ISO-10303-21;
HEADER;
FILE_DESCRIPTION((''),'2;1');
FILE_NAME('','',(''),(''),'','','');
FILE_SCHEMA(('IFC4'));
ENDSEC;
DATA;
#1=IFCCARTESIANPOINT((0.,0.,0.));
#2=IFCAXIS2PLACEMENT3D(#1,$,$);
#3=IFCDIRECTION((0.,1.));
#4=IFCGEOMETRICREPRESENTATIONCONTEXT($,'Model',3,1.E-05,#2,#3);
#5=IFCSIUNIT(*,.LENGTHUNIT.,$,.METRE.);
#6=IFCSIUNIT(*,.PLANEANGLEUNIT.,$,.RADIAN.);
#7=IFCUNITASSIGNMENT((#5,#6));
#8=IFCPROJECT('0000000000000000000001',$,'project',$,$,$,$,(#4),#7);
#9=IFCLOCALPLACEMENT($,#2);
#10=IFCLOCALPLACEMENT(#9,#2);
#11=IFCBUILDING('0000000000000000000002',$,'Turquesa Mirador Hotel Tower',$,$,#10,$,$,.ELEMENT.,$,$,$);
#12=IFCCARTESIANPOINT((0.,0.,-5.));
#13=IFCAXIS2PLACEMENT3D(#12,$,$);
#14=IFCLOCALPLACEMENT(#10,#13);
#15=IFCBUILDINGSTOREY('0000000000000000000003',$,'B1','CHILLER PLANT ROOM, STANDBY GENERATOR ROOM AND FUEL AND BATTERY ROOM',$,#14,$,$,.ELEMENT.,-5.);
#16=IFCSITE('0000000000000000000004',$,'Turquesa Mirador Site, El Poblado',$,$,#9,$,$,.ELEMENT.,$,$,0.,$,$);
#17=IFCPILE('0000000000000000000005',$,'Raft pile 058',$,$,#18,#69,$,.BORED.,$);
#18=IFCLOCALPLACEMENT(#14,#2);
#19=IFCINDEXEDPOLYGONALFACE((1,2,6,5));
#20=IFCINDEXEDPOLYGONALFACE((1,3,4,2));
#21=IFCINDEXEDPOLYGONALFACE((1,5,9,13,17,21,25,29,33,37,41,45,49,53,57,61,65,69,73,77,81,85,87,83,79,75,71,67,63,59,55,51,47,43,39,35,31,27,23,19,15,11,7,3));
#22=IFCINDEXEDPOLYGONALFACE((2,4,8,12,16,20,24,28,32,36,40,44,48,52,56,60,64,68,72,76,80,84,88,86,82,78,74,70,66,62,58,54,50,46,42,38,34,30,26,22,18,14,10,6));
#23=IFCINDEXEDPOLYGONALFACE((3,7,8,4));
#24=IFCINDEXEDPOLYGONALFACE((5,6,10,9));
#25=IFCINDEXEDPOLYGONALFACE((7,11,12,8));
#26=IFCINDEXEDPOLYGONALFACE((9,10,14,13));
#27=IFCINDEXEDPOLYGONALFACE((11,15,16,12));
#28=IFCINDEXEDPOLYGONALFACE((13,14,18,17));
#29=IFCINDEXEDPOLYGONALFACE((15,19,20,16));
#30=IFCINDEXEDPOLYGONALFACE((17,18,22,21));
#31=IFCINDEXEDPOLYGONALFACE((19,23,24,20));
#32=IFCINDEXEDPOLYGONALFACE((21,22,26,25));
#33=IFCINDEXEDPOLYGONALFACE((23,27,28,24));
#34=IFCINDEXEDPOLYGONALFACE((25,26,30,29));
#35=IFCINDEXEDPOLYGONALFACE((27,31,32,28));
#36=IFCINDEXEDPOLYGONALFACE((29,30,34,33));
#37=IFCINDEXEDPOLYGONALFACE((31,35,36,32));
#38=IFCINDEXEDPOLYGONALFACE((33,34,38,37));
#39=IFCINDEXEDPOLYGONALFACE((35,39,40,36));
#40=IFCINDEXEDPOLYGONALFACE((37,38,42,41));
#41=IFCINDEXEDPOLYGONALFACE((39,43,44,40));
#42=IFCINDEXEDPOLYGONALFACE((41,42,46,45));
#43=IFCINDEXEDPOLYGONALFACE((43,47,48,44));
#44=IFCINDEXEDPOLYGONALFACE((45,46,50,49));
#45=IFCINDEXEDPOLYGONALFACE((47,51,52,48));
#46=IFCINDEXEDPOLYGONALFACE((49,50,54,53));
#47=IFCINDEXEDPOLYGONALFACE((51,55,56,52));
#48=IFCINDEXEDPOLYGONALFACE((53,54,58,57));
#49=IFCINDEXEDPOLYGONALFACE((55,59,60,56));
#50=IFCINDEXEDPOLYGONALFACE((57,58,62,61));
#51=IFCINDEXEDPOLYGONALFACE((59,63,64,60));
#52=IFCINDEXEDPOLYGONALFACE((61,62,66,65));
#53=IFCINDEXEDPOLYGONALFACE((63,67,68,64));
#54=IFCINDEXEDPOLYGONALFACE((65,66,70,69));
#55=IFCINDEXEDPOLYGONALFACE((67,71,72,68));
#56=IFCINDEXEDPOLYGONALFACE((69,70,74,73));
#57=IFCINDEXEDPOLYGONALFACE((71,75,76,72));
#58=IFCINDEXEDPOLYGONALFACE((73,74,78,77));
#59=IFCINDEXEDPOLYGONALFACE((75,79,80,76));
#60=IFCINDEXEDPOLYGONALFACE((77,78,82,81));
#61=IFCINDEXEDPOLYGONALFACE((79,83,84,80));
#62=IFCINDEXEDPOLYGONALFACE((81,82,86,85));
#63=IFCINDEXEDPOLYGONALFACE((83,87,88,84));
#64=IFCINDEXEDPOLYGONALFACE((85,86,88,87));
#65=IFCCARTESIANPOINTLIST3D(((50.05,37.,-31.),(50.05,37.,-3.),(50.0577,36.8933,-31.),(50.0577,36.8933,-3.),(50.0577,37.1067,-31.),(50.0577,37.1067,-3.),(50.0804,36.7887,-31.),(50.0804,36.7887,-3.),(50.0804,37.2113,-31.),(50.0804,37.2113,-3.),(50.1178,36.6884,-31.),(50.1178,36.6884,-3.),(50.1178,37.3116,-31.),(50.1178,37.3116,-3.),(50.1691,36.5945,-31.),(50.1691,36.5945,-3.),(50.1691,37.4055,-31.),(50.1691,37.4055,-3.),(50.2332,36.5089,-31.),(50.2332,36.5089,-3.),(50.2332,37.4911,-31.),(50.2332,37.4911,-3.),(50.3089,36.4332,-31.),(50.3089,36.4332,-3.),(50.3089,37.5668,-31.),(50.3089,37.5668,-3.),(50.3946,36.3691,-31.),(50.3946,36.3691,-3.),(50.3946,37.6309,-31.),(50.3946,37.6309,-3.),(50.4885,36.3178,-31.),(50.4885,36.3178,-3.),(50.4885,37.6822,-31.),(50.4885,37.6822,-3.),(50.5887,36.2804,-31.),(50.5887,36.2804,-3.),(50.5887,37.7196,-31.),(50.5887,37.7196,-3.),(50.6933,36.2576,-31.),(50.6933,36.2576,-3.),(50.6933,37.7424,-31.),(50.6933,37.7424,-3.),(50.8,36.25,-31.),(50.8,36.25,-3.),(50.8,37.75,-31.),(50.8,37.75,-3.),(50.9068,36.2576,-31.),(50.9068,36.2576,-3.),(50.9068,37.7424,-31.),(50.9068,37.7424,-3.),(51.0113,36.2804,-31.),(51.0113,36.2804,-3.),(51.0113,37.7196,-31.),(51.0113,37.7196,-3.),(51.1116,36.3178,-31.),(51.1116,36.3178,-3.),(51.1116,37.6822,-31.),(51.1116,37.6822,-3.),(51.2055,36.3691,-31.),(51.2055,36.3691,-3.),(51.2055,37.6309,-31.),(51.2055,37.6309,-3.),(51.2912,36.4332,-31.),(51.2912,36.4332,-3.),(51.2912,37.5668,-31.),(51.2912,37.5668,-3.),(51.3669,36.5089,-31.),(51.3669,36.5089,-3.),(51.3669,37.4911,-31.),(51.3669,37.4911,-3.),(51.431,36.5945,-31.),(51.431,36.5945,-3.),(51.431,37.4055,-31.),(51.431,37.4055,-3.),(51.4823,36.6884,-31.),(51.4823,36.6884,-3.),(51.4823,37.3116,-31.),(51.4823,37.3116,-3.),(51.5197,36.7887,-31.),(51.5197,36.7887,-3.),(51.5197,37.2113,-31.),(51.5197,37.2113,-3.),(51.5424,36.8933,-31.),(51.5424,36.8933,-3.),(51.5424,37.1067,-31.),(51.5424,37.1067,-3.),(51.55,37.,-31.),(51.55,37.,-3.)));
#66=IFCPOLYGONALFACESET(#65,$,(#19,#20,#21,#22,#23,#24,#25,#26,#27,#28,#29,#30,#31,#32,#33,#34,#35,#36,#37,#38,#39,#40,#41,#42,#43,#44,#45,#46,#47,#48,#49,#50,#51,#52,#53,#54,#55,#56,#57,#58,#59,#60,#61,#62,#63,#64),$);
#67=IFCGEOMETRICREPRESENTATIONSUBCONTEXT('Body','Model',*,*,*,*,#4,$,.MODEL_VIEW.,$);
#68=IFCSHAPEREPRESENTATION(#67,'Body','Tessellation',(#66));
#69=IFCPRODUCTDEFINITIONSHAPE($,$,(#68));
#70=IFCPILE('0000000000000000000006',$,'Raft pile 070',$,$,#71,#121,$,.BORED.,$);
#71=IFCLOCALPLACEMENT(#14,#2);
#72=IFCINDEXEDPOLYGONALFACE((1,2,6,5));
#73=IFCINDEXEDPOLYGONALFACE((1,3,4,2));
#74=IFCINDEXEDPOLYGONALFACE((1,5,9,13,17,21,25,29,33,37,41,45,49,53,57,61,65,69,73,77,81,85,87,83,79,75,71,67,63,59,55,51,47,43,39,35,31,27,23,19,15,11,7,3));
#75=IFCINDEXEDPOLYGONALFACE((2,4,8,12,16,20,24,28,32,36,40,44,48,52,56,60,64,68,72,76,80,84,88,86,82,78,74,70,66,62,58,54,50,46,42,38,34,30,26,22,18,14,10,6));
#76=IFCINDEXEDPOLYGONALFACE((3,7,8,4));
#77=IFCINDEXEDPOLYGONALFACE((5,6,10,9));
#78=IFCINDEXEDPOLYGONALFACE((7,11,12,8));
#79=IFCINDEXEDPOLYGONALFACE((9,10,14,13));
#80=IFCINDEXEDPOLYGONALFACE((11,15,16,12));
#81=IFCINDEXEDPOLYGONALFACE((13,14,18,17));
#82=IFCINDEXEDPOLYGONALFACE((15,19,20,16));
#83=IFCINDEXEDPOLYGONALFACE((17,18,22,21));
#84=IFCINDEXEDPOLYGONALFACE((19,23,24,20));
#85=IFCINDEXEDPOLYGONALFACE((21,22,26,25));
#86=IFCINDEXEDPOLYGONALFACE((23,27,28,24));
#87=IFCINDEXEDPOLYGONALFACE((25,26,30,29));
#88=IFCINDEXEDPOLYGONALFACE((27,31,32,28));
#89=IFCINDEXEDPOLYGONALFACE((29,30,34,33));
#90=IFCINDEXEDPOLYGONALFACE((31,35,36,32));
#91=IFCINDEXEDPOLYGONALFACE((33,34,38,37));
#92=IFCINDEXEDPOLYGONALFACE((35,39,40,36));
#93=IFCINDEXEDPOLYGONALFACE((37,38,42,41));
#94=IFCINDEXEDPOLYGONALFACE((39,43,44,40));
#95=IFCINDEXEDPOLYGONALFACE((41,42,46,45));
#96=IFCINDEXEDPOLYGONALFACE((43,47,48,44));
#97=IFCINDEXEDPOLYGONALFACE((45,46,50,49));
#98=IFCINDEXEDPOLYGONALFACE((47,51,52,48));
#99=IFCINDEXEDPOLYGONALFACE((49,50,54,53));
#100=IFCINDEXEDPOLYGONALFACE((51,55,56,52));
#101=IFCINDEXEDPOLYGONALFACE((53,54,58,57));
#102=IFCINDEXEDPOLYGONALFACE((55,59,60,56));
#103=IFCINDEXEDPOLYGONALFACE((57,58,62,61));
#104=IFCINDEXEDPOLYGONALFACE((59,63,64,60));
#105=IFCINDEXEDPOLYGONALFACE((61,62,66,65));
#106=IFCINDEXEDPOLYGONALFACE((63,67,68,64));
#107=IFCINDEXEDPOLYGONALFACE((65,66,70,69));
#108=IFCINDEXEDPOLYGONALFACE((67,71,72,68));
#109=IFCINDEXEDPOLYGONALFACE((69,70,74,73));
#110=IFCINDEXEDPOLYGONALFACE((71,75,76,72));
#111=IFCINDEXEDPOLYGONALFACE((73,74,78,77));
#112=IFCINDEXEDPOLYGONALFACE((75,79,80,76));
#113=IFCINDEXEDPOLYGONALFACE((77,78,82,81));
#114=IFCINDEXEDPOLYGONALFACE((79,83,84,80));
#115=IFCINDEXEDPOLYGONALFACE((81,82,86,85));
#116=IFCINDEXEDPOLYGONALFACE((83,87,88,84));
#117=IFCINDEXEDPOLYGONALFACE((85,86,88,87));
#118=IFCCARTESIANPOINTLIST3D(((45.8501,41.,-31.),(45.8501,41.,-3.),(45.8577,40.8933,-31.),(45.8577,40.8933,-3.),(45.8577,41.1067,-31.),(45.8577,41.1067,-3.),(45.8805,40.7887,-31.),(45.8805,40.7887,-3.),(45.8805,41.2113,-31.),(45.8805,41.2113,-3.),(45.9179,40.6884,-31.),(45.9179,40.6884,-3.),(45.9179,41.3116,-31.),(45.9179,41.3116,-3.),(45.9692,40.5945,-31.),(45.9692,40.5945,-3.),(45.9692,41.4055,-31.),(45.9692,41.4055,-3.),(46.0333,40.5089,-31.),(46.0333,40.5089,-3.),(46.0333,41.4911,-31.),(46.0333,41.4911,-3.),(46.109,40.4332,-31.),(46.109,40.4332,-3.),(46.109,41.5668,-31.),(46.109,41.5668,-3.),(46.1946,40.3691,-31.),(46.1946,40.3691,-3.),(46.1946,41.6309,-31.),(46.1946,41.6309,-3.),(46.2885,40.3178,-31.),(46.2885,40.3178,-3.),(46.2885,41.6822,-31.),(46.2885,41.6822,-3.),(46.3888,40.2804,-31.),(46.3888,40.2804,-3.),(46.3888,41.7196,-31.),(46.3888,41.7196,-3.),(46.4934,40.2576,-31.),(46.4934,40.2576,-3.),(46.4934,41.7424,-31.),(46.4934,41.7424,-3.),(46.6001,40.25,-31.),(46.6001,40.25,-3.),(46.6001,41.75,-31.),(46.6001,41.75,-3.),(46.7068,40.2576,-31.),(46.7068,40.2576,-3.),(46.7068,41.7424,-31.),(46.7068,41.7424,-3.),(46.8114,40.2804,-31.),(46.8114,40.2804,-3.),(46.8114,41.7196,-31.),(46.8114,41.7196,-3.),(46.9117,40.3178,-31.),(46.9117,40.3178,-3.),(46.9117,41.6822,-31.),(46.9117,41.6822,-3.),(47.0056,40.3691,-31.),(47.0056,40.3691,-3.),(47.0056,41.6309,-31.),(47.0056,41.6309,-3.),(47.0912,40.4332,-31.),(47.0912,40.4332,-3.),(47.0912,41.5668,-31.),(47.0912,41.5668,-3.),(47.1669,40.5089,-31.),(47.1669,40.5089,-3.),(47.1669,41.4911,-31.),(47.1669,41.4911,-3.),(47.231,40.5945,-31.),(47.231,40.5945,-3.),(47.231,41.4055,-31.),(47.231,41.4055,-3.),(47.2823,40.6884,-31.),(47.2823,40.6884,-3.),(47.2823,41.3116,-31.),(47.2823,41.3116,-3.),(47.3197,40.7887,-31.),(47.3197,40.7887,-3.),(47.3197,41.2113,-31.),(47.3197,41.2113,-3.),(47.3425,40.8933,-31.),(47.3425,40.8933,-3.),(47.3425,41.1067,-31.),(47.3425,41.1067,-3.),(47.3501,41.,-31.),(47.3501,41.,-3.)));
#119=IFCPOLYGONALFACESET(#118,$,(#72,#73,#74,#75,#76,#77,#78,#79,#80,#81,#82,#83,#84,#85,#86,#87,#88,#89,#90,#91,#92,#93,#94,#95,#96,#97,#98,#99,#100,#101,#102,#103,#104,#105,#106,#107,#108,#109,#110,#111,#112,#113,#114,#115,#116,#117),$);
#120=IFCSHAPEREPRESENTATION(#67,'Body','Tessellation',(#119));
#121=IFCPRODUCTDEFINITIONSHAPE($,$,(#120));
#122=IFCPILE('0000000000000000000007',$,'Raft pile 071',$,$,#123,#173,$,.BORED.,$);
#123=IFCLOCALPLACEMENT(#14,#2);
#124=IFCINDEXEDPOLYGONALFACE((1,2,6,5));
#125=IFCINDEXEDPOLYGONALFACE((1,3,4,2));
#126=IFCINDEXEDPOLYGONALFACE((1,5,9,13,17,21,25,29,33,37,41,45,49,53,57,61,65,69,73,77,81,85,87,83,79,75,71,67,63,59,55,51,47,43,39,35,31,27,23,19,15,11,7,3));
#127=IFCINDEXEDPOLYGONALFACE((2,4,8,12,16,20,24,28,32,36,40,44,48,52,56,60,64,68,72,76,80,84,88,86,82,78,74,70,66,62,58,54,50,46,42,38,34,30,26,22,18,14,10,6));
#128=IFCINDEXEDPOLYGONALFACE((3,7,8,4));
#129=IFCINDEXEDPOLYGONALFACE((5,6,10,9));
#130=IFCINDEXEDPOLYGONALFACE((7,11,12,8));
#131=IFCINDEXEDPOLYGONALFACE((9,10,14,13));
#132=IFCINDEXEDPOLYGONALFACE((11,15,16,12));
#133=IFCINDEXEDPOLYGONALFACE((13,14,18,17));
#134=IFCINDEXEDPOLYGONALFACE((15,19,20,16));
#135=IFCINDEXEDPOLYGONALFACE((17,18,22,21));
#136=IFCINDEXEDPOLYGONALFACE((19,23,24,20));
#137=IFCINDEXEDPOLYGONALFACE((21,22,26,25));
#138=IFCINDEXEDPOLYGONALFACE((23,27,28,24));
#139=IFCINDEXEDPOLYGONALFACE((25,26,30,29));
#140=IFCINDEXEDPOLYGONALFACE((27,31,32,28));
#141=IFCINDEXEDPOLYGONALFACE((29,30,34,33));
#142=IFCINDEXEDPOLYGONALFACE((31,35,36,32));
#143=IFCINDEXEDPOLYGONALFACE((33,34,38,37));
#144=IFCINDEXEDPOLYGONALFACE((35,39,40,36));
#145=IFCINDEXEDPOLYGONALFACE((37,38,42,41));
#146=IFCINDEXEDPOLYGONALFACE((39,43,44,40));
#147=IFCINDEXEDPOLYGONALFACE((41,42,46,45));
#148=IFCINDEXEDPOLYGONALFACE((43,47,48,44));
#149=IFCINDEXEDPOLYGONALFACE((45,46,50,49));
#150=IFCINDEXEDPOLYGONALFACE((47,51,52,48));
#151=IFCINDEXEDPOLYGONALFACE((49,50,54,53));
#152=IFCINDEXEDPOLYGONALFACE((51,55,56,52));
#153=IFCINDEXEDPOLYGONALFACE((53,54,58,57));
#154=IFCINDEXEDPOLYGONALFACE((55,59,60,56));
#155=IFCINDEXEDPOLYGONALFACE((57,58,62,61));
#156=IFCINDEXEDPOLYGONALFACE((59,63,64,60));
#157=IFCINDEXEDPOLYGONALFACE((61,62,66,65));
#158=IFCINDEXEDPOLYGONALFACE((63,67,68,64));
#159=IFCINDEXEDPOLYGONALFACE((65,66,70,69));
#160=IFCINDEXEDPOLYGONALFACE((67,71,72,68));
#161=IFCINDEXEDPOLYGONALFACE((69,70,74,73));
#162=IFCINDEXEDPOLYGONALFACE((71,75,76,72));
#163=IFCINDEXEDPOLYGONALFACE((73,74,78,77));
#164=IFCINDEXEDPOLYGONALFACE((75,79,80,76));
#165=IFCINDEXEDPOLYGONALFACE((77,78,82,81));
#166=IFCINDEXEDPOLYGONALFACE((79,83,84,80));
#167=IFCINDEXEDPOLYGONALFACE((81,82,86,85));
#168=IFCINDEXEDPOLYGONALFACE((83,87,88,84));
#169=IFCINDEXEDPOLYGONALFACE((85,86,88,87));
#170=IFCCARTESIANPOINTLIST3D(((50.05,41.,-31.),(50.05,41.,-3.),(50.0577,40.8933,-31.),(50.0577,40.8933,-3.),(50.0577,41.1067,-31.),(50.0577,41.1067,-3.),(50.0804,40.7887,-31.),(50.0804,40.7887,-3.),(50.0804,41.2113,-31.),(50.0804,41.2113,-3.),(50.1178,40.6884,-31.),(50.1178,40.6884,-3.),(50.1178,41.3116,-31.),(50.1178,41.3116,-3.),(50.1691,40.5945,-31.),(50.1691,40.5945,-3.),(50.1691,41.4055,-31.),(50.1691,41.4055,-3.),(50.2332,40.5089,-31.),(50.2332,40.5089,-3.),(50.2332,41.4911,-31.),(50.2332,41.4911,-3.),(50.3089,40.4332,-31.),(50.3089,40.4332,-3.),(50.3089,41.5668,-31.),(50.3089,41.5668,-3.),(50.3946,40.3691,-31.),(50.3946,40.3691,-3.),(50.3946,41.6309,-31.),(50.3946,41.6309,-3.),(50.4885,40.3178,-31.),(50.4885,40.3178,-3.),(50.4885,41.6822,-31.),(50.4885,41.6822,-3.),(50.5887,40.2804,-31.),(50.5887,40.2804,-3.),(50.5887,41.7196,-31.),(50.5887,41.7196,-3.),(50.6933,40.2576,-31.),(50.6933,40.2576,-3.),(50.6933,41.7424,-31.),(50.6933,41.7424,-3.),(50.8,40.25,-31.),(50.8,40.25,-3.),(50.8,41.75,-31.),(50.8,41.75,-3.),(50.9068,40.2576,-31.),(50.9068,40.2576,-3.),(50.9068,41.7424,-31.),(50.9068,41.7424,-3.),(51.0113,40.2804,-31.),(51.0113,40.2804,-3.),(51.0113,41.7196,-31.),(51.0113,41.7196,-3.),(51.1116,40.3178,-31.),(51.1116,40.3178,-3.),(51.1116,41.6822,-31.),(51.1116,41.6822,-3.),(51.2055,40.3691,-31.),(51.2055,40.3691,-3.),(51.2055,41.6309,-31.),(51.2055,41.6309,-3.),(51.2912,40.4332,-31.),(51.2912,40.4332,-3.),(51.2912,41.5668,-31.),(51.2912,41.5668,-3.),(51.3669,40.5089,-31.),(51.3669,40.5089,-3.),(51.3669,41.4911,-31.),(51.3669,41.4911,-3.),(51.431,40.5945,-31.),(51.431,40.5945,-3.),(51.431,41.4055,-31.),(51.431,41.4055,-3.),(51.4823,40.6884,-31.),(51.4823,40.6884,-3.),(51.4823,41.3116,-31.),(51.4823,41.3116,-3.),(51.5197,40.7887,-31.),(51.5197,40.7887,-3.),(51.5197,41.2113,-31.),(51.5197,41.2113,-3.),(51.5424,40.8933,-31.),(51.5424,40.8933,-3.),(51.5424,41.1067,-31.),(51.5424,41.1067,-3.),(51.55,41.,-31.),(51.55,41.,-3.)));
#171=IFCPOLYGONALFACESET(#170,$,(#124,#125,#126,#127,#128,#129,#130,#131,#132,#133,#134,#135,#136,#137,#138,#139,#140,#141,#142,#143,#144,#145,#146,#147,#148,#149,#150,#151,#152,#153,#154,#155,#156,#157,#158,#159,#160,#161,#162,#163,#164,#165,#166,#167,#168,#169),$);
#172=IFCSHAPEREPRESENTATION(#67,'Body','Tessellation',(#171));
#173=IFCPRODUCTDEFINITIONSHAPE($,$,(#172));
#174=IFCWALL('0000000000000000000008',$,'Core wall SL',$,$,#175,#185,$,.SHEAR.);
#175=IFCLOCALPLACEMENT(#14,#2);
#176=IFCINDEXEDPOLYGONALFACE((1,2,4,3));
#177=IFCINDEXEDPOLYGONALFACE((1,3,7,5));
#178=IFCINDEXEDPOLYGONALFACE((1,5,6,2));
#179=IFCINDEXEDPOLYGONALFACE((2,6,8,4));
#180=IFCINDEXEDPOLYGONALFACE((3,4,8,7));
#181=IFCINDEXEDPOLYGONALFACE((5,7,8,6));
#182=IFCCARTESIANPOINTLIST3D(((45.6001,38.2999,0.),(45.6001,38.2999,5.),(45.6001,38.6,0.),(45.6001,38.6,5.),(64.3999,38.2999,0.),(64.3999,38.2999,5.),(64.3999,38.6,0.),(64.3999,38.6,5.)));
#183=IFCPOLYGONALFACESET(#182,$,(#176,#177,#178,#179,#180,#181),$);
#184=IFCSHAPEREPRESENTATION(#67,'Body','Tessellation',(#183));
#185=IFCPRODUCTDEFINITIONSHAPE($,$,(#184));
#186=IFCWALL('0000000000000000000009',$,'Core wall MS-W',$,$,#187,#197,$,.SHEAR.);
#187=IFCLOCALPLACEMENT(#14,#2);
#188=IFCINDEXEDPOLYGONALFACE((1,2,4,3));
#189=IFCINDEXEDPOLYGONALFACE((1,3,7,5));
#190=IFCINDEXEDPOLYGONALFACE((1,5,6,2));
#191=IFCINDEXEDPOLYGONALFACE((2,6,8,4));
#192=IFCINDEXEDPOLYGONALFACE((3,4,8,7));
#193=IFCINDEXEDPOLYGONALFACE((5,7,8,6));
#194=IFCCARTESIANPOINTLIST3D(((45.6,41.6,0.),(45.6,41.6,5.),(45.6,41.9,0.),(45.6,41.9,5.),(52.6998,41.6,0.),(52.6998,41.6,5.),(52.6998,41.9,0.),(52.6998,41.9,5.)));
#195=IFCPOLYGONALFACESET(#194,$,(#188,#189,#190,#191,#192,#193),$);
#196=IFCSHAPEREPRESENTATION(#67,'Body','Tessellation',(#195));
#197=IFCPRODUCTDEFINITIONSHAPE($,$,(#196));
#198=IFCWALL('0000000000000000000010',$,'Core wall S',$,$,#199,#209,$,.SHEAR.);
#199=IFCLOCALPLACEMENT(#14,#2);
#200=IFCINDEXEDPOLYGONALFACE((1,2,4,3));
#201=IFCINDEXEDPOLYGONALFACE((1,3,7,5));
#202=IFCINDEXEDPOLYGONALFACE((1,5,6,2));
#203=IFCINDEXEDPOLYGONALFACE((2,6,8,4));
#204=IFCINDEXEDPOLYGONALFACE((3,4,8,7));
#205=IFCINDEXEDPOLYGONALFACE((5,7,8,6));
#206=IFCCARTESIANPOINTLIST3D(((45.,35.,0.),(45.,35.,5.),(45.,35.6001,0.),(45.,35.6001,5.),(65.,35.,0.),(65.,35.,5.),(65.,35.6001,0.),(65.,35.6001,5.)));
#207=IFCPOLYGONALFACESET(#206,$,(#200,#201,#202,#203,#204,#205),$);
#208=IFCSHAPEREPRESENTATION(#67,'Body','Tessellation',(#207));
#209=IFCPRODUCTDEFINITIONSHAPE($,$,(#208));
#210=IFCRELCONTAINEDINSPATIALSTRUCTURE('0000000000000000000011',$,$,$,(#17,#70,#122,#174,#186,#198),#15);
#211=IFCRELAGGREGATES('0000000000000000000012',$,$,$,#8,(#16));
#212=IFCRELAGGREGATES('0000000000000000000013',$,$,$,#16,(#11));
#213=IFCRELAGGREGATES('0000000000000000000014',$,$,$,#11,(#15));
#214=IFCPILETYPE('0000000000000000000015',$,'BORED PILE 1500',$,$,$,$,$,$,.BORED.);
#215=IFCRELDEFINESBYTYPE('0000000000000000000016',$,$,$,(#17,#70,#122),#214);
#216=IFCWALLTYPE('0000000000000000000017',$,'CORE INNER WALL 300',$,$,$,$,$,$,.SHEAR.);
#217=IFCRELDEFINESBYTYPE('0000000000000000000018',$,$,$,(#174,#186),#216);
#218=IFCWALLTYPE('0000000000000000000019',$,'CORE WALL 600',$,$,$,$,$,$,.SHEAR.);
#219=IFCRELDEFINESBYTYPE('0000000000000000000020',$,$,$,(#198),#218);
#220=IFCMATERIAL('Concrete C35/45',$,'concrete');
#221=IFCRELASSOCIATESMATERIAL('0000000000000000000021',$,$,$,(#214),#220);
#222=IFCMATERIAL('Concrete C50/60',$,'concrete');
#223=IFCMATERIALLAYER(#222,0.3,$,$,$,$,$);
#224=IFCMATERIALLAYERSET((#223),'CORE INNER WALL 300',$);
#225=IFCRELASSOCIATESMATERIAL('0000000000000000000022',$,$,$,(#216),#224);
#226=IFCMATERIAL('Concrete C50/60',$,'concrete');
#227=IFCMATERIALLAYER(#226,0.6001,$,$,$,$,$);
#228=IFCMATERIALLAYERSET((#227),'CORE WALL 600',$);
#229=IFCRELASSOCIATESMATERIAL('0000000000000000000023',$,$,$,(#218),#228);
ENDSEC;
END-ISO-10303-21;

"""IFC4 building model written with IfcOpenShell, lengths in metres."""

from ifc_helpers import new_model, si_unit, direction, frame, frame_2d, origin, origin_2d, place, context, subcontext, project, spatial, rectangle, circle, extrude, material, layer, layer_set, type_object, element, save


model = new_model("IFC4")

# Units and contexts
model_context = context("Model", 3, precision=1e-05, world=origin(), true_north=direction((0.0, 1.0)))
body_context = subcontext(model_context, "Body", "Model", "MODEL_VIEW")
ifc_project = project(units=[si_unit("LENGTHUNIT", "METRE"), si_unit("PLANEANGLEUNIT", "RADIAN")], contexts=[model_context])

# Site, building, storey
site_placement = place(None, origin())
site = spatial("IfcSite", under=ifc_project, at=site_placement, Name="Turquesa Mirador Site, El Poblado", CompositionType="ELEMENT", RefElevation=0.0)
building_placement = place(site_placement, origin())
building = spatial("IfcBuilding", under=site, at=building_placement, Name="Turquesa Mirador Hotel Tower", CompositionType="ELEMENT")
storey_placement = place(building_placement, frame((0.0, 0.0, -5.0)))
storey = spatial("IfcBuildingStorey", under=building, at=storey_placement, Name="B1", Description="CHILLER PLANT ROOM, STANDBY GENERATOR ROOM AND FUEL AND BATTERY ROOM", CompositionType="ELEMENT", Elevation=-5.0)

# Piles
ifc_material_1 = material(Name="Concrete C35/45", Category="concrete")
pile_type = type_object("IfcPileType", Name="BORED PILE 1500", PredefinedType="BORED", material=ifc_material_1)
for number, where, z_axis, x_axis, name in (
    (1, (50.8, 37.0, -3.0), (0.0, 0.0, -1.0), (1.0, 0.0, 0.0), "Raft pile 058"),
    (2, (46.6001, 41.0, -3.0), (0.0, 0.0, -1.0), (1.0, 0.0, 0.0), "Raft pile 070"),
    (3, (50.8, 41.0, -3.0), (0.0, 0.0, -1.0), (1.0, 0.0, 0.0), "Raft pile 071"),
):
    element("IfcPile", number, at=place(storey_placement, frame(where, z_axis=z_axis, x_axis=x_axis)), inside=storey, type_object=pile_type, Name=name, PredefinedType="BORED", context=body_context, shape_type="SweptSolid", body=[
        extrude(circle(Radius=0.75, at=origin_2d()), origin(), (0.0, 0.0, 1.0), 28.0),
    ])

# Walls
ifc_material_2 = material(Name="Concrete C50/60", Category="concrete")
ifc_layer_1 = layer(ifc_material_2, 0.3)
ifc_layer_set_1 = layer_set([ifc_layer_1], Name="CORE INNER WALL 300")
wall_type_1 = type_object("IfcWallType", Name="CORE INNER WALL 300", PredefinedType="SHEAR", material=ifc_layer_set_1)
wall_1_placement = place(storey_placement, frame((45.6001, 38.45, 0.0), z_axis=(0.0, 0.0, 1.0), x_axis=(1.0, 0.0, 0.0)))
element("IfcWall", 4, at=wall_1_placement, inside=storey, type_object=wall_type_1, Name="Core wall SL", PredefinedType="SHEAR", context=body_context, shape_type="SweptSolid", body=[
    extrude(rectangle(XDim=18.7998, YDim=0.3, at=frame_2d((9.3999, 0.0))), origin(), (0.0, 0.0, 1.0), 5.0),
])
wall_2_placement = place(storey_placement, frame((45.6001, 41.75, 0.0), z_axis=(0.0, 0.0, 1.0), x_axis=(1.0, 0.0, 0.0)))
element("IfcWall", 5, at=wall_2_placement, inside=storey, type_object=wall_type_1, Name="Core wall MS-W", PredefinedType="SHEAR", context=body_context, shape_type="SweptSolid", body=[
    extrude(rectangle(XDim=7.0999, YDim=0.3, at=frame_2d((3.5498, 0.0))), origin(), (0.0, 0.0, 1.0), 5.0),
])
ifc_material_3 = material(Name="Concrete C50/60", Category="concrete")
ifc_layer_2 = layer(ifc_material_3, 0.6001)
ifc_layer_set_2 = layer_set([ifc_layer_2], Name="CORE WALL 600")
wall_type_2 = type_object("IfcWallType", Name="CORE WALL 600", PredefinedType="SHEAR", material=ifc_layer_set_2)
wall_3_placement = place(storey_placement, frame((45.0, 35.3, 0.0), z_axis=(0.0, 0.0, 1.0), x_axis=(1.0, 0.0, 0.0)))
element("IfcWall", 6, at=wall_3_placement, inside=storey, type_object=wall_type_2, Name="Core wall S", PredefinedType="SHEAR", context=body_context, shape_type="SweptSolid", body=[
    extrude(rectangle(XDim=20.0, YDim=0.6001, at=frame_2d((10.0, 0.0))), origin(), (0.0, 0.0, 1.0), 5.0),
])

save(model, "model.ifc")
